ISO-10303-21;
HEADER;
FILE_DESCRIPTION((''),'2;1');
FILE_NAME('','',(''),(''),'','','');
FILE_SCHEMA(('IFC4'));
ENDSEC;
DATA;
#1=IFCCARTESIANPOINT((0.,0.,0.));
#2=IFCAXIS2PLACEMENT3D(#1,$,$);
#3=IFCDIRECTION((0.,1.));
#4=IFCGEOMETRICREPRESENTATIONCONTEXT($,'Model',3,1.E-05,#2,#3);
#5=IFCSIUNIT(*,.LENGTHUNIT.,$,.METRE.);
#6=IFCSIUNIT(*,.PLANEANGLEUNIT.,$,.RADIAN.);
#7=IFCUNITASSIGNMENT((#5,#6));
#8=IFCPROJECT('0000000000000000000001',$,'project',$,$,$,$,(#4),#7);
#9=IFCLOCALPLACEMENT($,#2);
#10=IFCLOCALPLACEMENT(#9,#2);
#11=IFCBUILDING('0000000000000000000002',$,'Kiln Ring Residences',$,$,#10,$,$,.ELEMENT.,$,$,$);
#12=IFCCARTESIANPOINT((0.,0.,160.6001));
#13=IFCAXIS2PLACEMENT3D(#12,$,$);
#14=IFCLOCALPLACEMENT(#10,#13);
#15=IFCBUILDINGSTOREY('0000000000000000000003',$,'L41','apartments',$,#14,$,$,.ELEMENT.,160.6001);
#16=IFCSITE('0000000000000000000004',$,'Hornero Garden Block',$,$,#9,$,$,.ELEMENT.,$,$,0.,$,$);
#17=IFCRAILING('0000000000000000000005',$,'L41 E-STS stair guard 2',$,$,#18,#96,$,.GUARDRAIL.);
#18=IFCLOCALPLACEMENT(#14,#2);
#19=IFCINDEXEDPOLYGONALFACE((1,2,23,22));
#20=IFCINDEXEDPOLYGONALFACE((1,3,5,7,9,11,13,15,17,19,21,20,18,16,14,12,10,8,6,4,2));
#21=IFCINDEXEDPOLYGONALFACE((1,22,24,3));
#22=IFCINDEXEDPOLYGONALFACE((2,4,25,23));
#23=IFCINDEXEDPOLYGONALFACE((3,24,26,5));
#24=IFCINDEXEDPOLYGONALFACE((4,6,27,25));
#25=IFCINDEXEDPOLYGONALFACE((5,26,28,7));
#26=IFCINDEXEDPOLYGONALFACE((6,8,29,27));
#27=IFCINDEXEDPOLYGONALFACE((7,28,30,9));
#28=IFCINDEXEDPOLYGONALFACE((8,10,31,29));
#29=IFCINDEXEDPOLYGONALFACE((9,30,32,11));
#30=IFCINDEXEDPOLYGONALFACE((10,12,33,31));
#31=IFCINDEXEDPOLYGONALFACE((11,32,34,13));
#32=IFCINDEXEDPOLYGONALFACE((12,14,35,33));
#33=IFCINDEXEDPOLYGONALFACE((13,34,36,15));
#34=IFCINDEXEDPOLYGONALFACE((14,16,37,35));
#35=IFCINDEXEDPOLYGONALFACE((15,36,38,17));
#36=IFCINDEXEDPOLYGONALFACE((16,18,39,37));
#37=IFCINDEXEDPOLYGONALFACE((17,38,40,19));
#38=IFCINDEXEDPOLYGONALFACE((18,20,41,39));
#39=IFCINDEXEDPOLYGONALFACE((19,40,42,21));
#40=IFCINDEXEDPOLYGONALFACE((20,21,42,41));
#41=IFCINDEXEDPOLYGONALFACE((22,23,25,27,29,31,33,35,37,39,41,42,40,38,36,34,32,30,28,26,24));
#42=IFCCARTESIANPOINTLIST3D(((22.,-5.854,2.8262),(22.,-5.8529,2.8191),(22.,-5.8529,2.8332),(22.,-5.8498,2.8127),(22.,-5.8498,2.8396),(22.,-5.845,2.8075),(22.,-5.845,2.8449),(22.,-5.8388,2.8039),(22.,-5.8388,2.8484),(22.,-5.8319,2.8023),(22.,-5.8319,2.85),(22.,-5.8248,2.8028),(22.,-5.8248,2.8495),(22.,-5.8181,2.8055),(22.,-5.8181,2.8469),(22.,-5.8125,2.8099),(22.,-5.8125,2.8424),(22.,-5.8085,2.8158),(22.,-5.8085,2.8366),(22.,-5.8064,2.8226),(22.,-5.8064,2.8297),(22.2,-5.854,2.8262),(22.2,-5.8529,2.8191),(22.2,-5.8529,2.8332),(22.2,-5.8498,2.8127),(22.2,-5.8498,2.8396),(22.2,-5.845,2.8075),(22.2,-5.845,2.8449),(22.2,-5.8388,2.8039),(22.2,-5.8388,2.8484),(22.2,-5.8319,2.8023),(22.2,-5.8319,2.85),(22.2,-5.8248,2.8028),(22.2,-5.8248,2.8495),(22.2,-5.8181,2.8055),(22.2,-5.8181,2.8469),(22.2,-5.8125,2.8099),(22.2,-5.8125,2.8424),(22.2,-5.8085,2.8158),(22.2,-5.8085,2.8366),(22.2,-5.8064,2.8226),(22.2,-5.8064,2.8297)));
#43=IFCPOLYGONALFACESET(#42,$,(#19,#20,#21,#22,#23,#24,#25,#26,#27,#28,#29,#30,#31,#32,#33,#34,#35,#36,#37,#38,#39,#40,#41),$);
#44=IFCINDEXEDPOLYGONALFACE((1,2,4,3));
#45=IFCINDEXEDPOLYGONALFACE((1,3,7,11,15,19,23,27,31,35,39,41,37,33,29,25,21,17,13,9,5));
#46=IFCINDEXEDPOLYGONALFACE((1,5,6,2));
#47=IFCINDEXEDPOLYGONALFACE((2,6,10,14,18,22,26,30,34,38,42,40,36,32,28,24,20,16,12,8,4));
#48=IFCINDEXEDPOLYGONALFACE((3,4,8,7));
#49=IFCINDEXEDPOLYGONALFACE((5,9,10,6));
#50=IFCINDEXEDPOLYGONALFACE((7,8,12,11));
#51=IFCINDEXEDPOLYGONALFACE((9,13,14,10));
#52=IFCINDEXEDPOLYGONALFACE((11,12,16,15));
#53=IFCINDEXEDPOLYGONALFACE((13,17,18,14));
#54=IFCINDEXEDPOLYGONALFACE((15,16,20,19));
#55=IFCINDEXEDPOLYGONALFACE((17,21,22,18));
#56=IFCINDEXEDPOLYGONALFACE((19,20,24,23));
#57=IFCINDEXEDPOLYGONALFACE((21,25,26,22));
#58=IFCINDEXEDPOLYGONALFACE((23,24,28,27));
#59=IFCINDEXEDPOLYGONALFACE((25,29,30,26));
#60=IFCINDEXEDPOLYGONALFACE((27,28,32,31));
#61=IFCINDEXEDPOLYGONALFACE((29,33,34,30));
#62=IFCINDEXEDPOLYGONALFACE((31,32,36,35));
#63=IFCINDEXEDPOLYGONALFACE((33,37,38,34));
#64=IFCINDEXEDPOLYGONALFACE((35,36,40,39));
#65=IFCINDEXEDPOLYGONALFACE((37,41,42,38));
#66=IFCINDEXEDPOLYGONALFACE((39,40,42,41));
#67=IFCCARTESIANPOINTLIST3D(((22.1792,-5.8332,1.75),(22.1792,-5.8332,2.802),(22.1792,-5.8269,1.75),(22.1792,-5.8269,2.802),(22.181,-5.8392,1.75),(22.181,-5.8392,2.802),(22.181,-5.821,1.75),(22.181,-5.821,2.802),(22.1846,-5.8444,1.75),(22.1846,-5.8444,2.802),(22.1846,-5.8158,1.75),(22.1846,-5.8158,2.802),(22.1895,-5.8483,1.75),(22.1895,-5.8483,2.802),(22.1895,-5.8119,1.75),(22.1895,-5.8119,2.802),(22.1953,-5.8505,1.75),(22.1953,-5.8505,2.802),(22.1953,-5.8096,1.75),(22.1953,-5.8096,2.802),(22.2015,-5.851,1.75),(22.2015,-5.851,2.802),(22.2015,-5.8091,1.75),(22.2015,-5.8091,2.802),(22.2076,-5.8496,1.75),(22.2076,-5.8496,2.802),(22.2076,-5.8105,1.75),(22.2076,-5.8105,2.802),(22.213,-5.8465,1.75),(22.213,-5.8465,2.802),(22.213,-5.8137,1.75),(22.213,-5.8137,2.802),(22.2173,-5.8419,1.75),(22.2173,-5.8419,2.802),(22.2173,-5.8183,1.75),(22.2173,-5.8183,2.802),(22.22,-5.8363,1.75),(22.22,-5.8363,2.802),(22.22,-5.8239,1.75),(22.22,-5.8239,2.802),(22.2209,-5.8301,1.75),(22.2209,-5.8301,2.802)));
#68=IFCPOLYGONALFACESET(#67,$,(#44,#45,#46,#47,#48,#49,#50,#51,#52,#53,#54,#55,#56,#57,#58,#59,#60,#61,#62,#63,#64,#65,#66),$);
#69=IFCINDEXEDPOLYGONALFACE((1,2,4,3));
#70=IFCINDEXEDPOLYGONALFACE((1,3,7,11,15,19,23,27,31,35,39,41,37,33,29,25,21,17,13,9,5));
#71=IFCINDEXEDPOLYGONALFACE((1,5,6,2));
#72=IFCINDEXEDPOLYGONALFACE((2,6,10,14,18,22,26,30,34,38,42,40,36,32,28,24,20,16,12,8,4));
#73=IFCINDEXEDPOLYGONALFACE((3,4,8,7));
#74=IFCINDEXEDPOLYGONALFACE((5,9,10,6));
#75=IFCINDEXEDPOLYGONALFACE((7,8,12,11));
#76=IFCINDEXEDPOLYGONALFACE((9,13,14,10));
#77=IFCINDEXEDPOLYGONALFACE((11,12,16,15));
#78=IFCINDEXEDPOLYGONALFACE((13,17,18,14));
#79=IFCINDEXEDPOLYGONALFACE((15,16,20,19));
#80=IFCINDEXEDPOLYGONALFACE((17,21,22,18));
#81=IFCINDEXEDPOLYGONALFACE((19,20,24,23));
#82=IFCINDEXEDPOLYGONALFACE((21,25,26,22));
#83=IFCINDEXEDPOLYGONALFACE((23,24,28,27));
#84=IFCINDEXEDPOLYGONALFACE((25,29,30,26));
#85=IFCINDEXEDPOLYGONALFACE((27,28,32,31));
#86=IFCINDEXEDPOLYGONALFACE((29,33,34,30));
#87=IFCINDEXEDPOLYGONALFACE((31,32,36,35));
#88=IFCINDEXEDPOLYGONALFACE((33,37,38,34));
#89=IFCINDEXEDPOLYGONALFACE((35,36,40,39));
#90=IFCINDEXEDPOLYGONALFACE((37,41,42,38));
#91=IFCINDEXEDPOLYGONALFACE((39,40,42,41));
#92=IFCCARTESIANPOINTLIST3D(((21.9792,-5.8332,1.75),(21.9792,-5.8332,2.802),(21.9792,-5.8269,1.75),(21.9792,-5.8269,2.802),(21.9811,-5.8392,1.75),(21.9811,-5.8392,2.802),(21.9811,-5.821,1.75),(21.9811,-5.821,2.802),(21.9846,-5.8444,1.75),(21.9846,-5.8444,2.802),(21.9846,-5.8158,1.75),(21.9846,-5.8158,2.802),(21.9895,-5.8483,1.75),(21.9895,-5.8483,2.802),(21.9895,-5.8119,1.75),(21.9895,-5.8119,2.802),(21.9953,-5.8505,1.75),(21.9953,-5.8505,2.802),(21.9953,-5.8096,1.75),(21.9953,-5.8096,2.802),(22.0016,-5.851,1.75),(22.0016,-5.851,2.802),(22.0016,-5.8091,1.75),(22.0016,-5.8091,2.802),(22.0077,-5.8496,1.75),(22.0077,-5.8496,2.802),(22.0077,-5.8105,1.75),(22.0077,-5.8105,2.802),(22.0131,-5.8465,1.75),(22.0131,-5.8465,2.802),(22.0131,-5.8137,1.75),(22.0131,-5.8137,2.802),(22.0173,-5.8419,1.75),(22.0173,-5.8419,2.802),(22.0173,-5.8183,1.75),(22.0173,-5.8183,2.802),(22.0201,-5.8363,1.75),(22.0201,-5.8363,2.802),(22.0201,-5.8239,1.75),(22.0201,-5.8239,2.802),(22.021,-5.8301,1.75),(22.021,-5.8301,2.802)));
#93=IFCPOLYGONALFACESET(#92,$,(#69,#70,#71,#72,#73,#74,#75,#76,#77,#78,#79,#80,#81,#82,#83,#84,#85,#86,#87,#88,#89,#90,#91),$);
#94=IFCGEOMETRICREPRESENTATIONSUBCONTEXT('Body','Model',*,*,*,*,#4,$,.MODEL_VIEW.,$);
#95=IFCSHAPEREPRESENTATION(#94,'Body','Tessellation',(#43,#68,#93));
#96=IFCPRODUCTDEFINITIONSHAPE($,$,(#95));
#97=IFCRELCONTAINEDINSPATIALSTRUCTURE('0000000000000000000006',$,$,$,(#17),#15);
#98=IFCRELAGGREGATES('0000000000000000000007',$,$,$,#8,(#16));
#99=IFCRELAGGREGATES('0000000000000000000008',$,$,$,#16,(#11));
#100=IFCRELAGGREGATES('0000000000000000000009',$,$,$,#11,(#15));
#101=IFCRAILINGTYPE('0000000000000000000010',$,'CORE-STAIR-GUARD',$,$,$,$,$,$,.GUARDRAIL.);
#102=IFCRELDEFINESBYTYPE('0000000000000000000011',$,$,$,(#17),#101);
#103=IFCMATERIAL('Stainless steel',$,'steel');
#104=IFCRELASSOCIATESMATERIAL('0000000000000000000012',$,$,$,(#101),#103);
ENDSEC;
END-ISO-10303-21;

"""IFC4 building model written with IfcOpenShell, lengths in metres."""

from ifc_helpers import new_model, si_unit, direction, frame, origin, origin_2d, place, context, subcontext, project, spatial, circle, extrude, material, type_object, element, save


model = new_model("IFC4")

# Units and contexts
model_context = context("Model", 3, precision=1e-05, world=origin(), true_north=direction((0.0, 1.0)))
body_context = subcontext(model_context, "Body", "Model", "MODEL_VIEW")
ifc_project = project(units=[si_unit("LENGTHUNIT", "METRE"), si_unit("PLANEANGLEUNIT", "RADIAN")], contexts=[model_context])

# Site, building, storey
site_placement = place(None, origin())
site = spatial("IfcSite", under=ifc_project, at=site_placement, Name="Hornero Garden Block", CompositionType="ELEMENT", RefElevation=0.0)
building_placement = place(site_placement, origin())
building = spatial("IfcBuilding", under=site, at=building_placement, Name="Kiln Ring Residences", CompositionType="ELEMENT")
storey_placement = place(building_placement, frame((0.0, 0.0, 160.6001)))
storey = spatial("IfcBuildingStorey", under=building, at=storey_placement, Name="L41", Description="apartments", CompositionType="ELEMENT", Elevation=160.6001)

# Railing
ifc_material_1 = material(Name="Stainless steel", Category="steel")
railing_type_1 = type_object("IfcRailingType", Name="CORE-STAIR-GUARD", PredefinedType="GUARDRAIL", material=ifc_material_1)
railing_1_placement = place(storey_placement, frame((22.2, -5.8301, 1.75)))
element("IfcRailing", 1, at=railing_1_placement, inside=storey, type_object=railing_type_1, Name="L41 E-STS stair guard 2", PredefinedType="GUARDRAIL", context=body_context, shape_type="SweptSolid", body=[
    extrude(circle(Radius=0.0239, at=origin_2d()), frame((0.0, 0.0, 1.0762), z_axis=(-1.0, 0.0, 0.0), x_axis=(0.0, -1.0, 0.0)), (0.0, 0.0, 1.0), 0.2),
    extrude(circle(Radius=0.021, at=origin_2d()), origin(), (0.0, 0.0, 1.0), 1.052),
    extrude(circle(Radius=0.021, at=origin_2d()), frame((-0.2, 0.0, 0.0)), (0.0, 0.0, 1.0), 1.052),
])

save(model, "model.ifc")
